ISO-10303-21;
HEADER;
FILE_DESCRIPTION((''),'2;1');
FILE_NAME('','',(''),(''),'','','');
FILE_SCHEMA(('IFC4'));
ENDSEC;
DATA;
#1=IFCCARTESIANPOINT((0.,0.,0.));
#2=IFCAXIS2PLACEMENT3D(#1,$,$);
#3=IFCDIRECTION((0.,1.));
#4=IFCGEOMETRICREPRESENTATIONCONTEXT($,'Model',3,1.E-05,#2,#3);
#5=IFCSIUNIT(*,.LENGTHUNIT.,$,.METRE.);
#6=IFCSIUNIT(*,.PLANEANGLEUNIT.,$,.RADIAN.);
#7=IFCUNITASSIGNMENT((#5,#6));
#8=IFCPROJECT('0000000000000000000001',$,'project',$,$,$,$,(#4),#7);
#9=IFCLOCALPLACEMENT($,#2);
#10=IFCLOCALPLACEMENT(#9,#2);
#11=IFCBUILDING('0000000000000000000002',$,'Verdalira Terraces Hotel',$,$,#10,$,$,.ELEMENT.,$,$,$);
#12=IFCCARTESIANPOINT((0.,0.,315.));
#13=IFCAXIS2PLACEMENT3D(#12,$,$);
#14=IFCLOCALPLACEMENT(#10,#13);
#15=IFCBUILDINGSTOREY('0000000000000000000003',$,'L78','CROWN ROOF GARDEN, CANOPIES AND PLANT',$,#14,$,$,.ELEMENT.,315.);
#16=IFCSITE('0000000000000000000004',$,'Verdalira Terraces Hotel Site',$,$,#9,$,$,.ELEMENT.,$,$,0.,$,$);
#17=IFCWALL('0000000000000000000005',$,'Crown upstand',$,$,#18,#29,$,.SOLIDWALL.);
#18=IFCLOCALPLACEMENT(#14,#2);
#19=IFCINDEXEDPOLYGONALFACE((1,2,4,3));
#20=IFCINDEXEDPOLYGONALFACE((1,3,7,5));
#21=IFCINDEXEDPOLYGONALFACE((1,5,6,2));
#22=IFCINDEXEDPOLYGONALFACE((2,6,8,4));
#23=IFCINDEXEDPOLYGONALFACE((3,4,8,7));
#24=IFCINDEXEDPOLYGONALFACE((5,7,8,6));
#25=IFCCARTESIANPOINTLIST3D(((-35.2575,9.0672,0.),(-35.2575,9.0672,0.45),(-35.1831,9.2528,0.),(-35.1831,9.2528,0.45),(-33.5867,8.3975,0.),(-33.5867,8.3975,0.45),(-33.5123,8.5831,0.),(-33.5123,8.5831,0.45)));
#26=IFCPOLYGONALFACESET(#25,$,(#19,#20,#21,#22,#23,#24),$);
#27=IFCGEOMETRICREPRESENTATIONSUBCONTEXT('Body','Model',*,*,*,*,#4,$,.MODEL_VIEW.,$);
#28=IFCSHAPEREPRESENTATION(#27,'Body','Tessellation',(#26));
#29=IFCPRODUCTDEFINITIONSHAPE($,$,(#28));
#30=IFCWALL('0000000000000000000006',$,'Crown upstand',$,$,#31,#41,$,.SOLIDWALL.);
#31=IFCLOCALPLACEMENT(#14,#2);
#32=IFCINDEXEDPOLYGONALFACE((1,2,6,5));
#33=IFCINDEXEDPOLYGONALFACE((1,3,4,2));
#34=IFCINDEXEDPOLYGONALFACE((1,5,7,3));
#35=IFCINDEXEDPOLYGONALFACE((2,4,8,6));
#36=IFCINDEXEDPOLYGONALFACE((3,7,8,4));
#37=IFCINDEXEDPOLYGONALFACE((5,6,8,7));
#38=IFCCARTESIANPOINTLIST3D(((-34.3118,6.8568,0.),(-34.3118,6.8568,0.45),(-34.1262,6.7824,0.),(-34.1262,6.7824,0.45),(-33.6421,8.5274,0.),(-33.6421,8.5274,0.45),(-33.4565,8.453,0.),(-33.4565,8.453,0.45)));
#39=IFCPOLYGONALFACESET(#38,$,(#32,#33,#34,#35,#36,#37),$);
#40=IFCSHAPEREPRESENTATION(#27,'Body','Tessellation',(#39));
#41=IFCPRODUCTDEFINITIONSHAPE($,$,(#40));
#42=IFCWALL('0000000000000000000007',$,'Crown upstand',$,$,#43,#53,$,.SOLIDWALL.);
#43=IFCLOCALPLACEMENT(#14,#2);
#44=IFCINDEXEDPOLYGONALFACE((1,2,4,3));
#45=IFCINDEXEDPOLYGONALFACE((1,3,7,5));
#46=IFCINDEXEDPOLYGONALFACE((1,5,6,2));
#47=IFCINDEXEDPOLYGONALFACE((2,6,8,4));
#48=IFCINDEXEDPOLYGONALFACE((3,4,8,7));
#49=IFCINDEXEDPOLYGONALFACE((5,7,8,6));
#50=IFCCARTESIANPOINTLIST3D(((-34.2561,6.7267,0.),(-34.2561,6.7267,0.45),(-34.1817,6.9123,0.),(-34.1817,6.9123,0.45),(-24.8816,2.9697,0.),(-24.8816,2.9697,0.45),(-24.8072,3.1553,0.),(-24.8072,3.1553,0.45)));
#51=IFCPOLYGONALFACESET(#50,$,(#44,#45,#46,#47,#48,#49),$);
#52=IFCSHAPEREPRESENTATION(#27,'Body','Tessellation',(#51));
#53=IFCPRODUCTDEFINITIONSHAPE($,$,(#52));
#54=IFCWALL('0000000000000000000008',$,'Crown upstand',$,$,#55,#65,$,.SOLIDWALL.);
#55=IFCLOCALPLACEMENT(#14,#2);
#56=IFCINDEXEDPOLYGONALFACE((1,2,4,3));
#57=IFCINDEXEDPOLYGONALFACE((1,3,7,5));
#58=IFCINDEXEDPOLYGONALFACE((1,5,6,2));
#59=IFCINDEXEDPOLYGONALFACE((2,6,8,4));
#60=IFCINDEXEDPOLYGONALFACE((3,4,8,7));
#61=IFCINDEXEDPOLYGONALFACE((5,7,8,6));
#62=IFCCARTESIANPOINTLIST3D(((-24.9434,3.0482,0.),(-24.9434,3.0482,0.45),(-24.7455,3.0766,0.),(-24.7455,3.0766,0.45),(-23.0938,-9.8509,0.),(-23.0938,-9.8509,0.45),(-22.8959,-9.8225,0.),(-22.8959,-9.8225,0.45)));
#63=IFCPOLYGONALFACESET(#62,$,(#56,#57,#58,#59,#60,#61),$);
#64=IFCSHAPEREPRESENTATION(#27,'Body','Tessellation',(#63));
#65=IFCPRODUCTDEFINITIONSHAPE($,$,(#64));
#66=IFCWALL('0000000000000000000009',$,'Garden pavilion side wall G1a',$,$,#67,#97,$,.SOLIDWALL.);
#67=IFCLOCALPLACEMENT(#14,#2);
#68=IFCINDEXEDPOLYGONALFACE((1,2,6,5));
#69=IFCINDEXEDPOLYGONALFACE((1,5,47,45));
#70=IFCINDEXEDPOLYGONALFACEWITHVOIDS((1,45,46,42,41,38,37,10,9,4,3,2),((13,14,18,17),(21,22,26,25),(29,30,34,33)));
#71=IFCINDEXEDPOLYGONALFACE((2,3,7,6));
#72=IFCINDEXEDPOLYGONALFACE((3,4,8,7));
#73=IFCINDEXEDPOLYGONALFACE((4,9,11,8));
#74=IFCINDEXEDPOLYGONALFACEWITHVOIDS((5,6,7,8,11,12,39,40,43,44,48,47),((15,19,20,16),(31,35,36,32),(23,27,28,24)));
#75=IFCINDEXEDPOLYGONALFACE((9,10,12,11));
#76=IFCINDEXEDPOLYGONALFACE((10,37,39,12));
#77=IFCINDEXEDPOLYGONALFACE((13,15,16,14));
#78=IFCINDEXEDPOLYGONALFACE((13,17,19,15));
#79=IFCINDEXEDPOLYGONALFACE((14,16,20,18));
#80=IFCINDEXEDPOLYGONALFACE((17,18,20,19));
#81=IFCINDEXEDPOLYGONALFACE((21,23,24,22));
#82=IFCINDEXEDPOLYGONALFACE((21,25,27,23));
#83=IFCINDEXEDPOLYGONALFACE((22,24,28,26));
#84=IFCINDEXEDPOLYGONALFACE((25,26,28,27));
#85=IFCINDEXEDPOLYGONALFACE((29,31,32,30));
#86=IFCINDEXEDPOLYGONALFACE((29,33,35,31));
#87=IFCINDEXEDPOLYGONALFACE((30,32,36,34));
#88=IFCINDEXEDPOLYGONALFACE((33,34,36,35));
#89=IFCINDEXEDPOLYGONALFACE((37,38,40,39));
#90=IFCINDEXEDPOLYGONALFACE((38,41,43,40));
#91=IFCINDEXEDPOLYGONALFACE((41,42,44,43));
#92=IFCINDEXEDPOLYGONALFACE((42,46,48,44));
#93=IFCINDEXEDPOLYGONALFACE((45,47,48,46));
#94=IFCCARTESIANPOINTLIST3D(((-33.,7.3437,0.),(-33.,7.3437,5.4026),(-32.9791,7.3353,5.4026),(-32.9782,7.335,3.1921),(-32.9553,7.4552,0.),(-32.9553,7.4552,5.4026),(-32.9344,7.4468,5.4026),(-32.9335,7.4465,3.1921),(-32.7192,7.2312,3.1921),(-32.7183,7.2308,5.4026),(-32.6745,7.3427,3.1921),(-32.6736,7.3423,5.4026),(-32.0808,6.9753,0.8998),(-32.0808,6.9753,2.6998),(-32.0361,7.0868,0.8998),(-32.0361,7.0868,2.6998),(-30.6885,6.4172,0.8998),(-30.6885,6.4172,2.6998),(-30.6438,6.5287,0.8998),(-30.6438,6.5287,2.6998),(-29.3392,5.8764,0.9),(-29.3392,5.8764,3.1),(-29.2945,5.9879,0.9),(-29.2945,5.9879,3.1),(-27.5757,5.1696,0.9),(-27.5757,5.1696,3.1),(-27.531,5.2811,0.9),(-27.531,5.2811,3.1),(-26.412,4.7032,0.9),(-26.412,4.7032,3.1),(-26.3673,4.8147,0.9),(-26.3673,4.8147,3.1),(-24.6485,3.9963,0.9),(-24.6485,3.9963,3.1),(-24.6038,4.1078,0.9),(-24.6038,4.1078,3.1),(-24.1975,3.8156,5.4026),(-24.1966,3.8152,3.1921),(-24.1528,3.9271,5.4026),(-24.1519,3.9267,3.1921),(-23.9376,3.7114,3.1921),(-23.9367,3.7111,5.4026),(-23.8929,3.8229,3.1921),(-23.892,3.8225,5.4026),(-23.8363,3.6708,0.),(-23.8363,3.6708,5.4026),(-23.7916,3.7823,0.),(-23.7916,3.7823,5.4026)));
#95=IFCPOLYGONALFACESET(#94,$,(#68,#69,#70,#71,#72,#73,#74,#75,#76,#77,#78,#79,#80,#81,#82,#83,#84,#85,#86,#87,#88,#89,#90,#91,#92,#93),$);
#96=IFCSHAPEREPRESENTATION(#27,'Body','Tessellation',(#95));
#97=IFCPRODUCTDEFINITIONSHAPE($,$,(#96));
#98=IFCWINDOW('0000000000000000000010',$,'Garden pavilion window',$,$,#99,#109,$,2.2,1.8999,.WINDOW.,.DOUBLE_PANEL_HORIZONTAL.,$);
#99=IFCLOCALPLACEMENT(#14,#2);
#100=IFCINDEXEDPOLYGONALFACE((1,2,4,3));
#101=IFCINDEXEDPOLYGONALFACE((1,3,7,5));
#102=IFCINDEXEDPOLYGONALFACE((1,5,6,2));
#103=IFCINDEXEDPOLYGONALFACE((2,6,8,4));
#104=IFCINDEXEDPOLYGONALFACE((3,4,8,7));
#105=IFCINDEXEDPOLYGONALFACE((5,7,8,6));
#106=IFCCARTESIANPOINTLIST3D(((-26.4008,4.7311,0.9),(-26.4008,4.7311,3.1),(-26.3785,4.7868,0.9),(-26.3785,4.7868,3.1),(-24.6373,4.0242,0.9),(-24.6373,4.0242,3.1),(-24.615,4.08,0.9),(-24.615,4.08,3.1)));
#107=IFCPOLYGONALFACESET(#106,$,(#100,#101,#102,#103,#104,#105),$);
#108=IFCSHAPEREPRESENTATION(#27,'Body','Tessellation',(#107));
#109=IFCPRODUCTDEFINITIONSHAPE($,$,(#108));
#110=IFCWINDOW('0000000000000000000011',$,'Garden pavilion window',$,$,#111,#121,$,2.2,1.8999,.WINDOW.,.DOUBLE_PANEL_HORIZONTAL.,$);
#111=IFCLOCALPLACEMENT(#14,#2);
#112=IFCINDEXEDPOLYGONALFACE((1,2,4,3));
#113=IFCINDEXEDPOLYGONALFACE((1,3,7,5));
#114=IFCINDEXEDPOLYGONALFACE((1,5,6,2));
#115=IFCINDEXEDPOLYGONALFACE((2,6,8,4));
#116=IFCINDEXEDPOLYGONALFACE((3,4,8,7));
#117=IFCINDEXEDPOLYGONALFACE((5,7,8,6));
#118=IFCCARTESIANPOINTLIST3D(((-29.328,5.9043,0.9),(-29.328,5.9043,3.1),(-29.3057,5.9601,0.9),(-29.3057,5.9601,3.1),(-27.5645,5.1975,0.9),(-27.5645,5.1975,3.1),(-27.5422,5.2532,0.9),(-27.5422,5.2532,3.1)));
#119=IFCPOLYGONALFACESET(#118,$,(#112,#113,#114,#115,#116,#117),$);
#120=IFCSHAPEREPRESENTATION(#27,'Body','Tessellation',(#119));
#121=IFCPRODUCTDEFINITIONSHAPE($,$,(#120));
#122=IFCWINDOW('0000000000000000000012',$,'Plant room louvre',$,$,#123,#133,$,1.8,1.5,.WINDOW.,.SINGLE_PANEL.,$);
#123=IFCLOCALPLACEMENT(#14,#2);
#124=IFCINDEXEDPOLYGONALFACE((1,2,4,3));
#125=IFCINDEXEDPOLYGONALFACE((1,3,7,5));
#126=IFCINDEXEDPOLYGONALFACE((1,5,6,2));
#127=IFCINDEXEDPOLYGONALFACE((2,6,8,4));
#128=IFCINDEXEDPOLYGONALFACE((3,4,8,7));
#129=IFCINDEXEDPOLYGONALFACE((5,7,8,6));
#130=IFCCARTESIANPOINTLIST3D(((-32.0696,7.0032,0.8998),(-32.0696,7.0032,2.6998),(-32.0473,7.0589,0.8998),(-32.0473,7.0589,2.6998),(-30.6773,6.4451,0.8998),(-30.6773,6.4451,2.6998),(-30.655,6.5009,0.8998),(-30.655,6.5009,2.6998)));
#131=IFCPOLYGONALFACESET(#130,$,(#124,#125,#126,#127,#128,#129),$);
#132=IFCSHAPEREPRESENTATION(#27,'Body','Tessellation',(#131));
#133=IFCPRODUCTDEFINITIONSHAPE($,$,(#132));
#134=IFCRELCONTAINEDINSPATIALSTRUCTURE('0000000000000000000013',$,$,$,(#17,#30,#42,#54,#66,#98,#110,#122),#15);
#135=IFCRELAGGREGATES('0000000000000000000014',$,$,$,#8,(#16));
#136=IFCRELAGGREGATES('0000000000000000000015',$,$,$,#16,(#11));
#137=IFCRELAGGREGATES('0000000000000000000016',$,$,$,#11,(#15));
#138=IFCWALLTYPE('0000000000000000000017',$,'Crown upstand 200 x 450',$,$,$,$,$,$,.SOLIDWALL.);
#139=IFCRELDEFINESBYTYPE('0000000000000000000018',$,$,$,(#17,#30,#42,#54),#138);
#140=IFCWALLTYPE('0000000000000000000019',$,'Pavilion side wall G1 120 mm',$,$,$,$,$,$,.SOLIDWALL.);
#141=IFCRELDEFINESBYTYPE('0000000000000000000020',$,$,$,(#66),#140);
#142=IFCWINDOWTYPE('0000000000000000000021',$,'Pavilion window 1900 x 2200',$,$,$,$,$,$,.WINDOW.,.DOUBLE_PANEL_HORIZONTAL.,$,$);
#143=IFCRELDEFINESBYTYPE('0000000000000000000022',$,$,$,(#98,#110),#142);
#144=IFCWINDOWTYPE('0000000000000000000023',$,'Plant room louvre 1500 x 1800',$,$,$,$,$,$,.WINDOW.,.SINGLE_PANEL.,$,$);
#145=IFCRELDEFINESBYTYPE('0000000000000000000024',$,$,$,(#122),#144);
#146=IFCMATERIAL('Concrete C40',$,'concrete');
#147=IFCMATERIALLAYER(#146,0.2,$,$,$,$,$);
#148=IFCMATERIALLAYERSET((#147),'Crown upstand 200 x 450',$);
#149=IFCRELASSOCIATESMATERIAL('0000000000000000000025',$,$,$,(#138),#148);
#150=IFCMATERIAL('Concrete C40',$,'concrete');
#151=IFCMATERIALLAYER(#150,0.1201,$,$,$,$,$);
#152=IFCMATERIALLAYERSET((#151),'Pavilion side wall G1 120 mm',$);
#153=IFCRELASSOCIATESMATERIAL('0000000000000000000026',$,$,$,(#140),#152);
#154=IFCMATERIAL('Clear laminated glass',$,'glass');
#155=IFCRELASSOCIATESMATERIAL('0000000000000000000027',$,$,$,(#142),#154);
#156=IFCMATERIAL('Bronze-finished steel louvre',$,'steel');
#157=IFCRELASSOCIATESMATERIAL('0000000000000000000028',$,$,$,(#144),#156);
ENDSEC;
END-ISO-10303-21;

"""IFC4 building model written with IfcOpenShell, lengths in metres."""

from ifc_helpers import new_model, si_unit, direction, frame, frame_2d, origin, place, context, subcontext, project, spatial, polyline, rectangle, outline, extrude, material, layer, layer_set, type_object, element, fill, save


model = new_model("IFC4")

# Units and contexts
model_context = context("Model", 3, precision=1e-05, world=origin(), true_north=direction((0.0, 1.0)))
body_context = subcontext(model_context, "Body", "Model", "MODEL_VIEW")
ifc_project = project(units=[si_unit("LENGTHUNIT", "METRE"), si_unit("PLANEANGLEUNIT", "RADIAN")], contexts=[model_context])

# Site, building, storey
site_placement = place(None, origin())
site = spatial("IfcSite", under=ifc_project, at=site_placement, Name="Verdalira Terraces Hotel Site", CompositionType="ELEMENT", RefElevation=0.0)
building_placement = place(site_placement, origin())
building = spatial("IfcBuilding", under=site, at=building_placement, Name="Verdalira Terraces Hotel", CompositionType="ELEMENT")
storey_placement = place(building_placement, frame((0.0, 0.0, 315.0)))
storey = spatial("IfcBuildingStorey", under=building, at=storey_placement, Name="L78", Description="CROWN ROOF GARDEN, CANOPIES AND PLANT", CompositionType="ELEMENT", Elevation=315.0)

# Walls
ifc_material_1 = material(Name="Concrete C40", Category="concrete")
ifc_layer_1 = layer(ifc_material_1, 0.2)
ifc_layer_set_1 = layer_set([ifc_layer_1], Name="Crown upstand 200 x 450")
wall_type_1 = type_object("IfcWallType", Name="Crown upstand 200 x 450", PredefinedType="SOLIDWALL", material=ifc_layer_set_1)
wall_1_placement = place(storey_placement, frame((-35.2202, 9.1599, 0.0), z_axis=(0.0, 0.0, 1.0), x_axis=(0.928224, -0.372022, 0.0)))
element("IfcWall", 1, at=wall_1_placement, inside=storey, type_object=wall_type_1, Name="Crown upstand", PredefinedType="SOLIDWALL", context=body_context, shape_type="SweptSolid", body=[
    extrude(rectangle(XDim=1.8, YDim=0.2, at=frame_2d((0.8999, 0.0))), origin(), (0.0, 0.0, 1.0), 0.45),
])
wall_2_placement = place(storey_placement, frame((-33.5493, 8.4902, 0.0), z_axis=(0.0, 0.0, 1.0), x_axis=(-0.372069, -0.928205, 0.0)))
element("IfcWall", 2, at=wall_2_placement, inside=storey, type_object=wall_type_1, Name="Crown upstand", PredefinedType="SOLIDWALL", context=body_context, shape_type="SweptSolid", body=[
    extrude(rectangle(XDim=1.7998, YDim=0.2, at=frame_2d((0.8999, 0.0))), origin(), (0.0, 0.0, 1.0), 0.45),
])
wall_3_placement = place(storey_placement, frame((-34.219, 6.8196, 0.0), z_axis=(0.0, 0.0, 1.0), x_axis=(0.928228, -0.372012, 0.0)))
element("IfcWall", 3, at=wall_3_placement, inside=storey, type_object=wall_type_1, Name="Crown upstand", PredefinedType="SOLIDWALL", context=body_context, shape_type="SweptSolid", body=[
    extrude(rectangle(XDim=10.0994, YDim=0.2, at=frame_2d((5.0498, 0.0))), origin(), (0.0, 0.0, 1.0), 0.45),
])
wall_4_placement = place(storey_placement, frame((-24.8445, 3.0625, 0.0), z_axis=(0.0, 0.0, 1.0), x_axis=(0.141938, -0.989876, 0.0)))
element("IfcWall", 4, at=wall_4_placement, inside=storey, type_object=wall_type_1, Name="Crown upstand", PredefinedType="SOLIDWALL", context=body_context, shape_type="SweptSolid", body=[
    extrude(rectangle(XDim=13.031, YDim=0.2, at=frame_2d((6.5156, 0.0))), origin(), (0.0, 0.0, 1.0), 0.45),
])

# Wall, openings, windows
ifc_material_2 = material(Name="Concrete C40", Category="concrete")
ifc_layer_2 = layer(ifc_material_2, 0.1201)
ifc_layer_set_2 = layer_set([ifc_layer_2], Name="Pavilion side wall G1 120 mm")
wall_type_2 = type_object("IfcWallType", Name="Pavilion side wall G1 120 mm", PredefinedType="SOLIDWALL", material=ifc_layer_set_2)
wall_5_placement = place(storey_placement, frame((-23.814, 3.7266, 0.0), z_axis=(0.0, 0.0, 1.0), x_axis=(-0.928217, 0.372039, 0.0)))
wall_5 = element("IfcWall", 5, at=wall_5_placement, inside=storey, type_object=wall_type_2, Name="Garden pavilion side wall G1a", PredefinedType="SOLIDWALL", context=body_context, shape_type="SweptSolid", body=[
    extrude(outline(polyline([(0.0, 0.0), (9.8723, 0.0), (9.8723, 5.4026), (9.8499, 5.4026), (9.8489, 3.1921), (9.5698, 3.1921), (9.5688, 5.4026), (0.3892, 5.4026), (0.3882, 3.1921), (0.1091, 3.1921), (0.1082, 5.4026), (0.0, 5.4026), (0.0, 0.0)])), frame((0.0, 0.0601, 0.0), z_axis=(0.0, -1.0, 0.0), x_axis=(1.0, 0.0, 0.0)), (0.0, 0.0, 1.0), 0.1201),
])
opening_1_placement = place(wall_5_placement, frame((0.875, 0.0, 0.8999)))
opening_1 = element("IfcOpeningElement", 6, at=opening_1_placement, cuts=wall_5, PredefinedType="OPENING", context=body_context, shape_type="SweptSolid", body=[
    extrude(rectangle(XDim=1.8999, YDim=2.2, at=frame_2d((0.95, 1.1001))), frame((0.0, 0.0701, 0.0), z_axis=(0.0, -1.0, 0.0), x_axis=(1.0, 0.0, 0.0)), (0.0, 0.0, 1.0), 0.1401),
])
opening_2_placement = place(wall_5_placement, frame((4.0286, 0.0, 0.8999)))
opening_2 = element("IfcOpeningElement", 7, at=opening_2_placement, cuts=wall_5, PredefinedType="OPENING", context=body_context, shape_type="SweptSolid", body=[
    extrude(rectangle(XDim=1.8999, YDim=2.2, at=frame_2d((0.95, 1.1001))), frame((0.0, 0.0701, 0.0), z_axis=(0.0, -1.0, 0.0), x_axis=(1.0, 0.0, 0.0)), (0.0, 0.0, 1.0), 0.1401),
])
opening_3_placement = place(wall_5_placement, frame((7.3821, 0.0, 0.8999)))
opening_3 = element("IfcOpeningElement", 8, at=opening_3_placement, cuts=wall_5, PredefinedType="OPENING", context=body_context, shape_type="SweptSolid", body=[
    extrude(rectangle(XDim=1.5, YDim=1.8, at=frame_2d((0.75, 0.8999))), frame((0.0, 0.0701, 0.0), z_axis=(0.0, -1.0, 0.0), x_axis=(1.0, 0.0, 0.0)), (0.0, 0.0, 1.0), 0.1401),
])
ifc_material_3 = material(Name="Clear laminated glass", Category="glass")
window_type_1 = type_object("IfcWindowType", Name="Pavilion window 1900 x 2200", PartitioningType="DOUBLE_PANEL_HORIZONTAL", PredefinedType="WINDOW", material=ifc_material_3)
window_1_placement = place(opening_1_placement, origin())
window_1 = element("IfcWindow", 9, at=window_1_placement, inside=storey, type_object=window_type_1, Name="Garden pavilion window", OverallHeight=2.2, OverallWidth=1.8999, PartitioningType="DOUBLE_PANEL_HORIZONTAL", PredefinedType="WINDOW", context=body_context, shape_type="SweptSolid", body=[
    extrude(rectangle(XDim=1.8999, YDim=2.2, at=frame_2d((0.95, 1.1001))), frame((0.0, 0.03, 0.0), z_axis=(0.0, -1.0, 0.0), x_axis=(1.0, 0.0, 0.0)), (0.0, 0.0, 1.0), 0.0601),
])
fill(opening_1, window_1)
window_2_placement = place(opening_2_placement, origin())
window_2 = element("IfcWindow", 10, at=window_2_placement, inside=storey, type_object=window_type_1, Name="Garden pavilion window", OverallHeight=2.2, OverallWidth=1.8999, PartitioningType="DOUBLE_PANEL_HORIZONTAL", PredefinedType="WINDOW", context=body_context, shape_type="SweptSolid", body=[
    extrude(rectangle(XDim=1.8999, YDim=2.2, at=frame_2d((0.95, 1.1001))), frame((0.0, 0.03, 0.0), z_axis=(0.0, -1.0, 0.0), x_axis=(1.0, 0.0, 0.0)), (0.0, 0.0, 1.0), 0.0601),
])
fill(opening_2, window_2)
ifc_material_4 = material(Name="Bronze-finished steel louvre", Category="steel")
window_type_2 = type_object("IfcWindowType", Name="Plant room louvre 1500 x 1800", PartitioningType="SINGLE_PANEL", PredefinedType="WINDOW", material=ifc_material_4)
window_3_placement = place(opening_3_placement, origin())
window_3 = element("IfcWindow", 11, at=window_3_placement, inside=storey, type_object=window_type_2, Name="Plant room louvre", OverallHeight=1.8, OverallWidth=1.5, PartitioningType="SINGLE_PANEL", PredefinedType="WINDOW", context=body_context, shape_type="SweptSolid", body=[
    extrude(rectangle(XDim=1.5, YDim=1.8, at=frame_2d((0.75, 0.8999))), frame((0.0, 0.03, 0.0), z_axis=(0.0, -1.0, 0.0), x_axis=(1.0, 0.0, 0.0)), (0.0, 0.0, 1.0), 0.0601),
])
fill(opening_3, window_3)

save(model, "model.ifc")
